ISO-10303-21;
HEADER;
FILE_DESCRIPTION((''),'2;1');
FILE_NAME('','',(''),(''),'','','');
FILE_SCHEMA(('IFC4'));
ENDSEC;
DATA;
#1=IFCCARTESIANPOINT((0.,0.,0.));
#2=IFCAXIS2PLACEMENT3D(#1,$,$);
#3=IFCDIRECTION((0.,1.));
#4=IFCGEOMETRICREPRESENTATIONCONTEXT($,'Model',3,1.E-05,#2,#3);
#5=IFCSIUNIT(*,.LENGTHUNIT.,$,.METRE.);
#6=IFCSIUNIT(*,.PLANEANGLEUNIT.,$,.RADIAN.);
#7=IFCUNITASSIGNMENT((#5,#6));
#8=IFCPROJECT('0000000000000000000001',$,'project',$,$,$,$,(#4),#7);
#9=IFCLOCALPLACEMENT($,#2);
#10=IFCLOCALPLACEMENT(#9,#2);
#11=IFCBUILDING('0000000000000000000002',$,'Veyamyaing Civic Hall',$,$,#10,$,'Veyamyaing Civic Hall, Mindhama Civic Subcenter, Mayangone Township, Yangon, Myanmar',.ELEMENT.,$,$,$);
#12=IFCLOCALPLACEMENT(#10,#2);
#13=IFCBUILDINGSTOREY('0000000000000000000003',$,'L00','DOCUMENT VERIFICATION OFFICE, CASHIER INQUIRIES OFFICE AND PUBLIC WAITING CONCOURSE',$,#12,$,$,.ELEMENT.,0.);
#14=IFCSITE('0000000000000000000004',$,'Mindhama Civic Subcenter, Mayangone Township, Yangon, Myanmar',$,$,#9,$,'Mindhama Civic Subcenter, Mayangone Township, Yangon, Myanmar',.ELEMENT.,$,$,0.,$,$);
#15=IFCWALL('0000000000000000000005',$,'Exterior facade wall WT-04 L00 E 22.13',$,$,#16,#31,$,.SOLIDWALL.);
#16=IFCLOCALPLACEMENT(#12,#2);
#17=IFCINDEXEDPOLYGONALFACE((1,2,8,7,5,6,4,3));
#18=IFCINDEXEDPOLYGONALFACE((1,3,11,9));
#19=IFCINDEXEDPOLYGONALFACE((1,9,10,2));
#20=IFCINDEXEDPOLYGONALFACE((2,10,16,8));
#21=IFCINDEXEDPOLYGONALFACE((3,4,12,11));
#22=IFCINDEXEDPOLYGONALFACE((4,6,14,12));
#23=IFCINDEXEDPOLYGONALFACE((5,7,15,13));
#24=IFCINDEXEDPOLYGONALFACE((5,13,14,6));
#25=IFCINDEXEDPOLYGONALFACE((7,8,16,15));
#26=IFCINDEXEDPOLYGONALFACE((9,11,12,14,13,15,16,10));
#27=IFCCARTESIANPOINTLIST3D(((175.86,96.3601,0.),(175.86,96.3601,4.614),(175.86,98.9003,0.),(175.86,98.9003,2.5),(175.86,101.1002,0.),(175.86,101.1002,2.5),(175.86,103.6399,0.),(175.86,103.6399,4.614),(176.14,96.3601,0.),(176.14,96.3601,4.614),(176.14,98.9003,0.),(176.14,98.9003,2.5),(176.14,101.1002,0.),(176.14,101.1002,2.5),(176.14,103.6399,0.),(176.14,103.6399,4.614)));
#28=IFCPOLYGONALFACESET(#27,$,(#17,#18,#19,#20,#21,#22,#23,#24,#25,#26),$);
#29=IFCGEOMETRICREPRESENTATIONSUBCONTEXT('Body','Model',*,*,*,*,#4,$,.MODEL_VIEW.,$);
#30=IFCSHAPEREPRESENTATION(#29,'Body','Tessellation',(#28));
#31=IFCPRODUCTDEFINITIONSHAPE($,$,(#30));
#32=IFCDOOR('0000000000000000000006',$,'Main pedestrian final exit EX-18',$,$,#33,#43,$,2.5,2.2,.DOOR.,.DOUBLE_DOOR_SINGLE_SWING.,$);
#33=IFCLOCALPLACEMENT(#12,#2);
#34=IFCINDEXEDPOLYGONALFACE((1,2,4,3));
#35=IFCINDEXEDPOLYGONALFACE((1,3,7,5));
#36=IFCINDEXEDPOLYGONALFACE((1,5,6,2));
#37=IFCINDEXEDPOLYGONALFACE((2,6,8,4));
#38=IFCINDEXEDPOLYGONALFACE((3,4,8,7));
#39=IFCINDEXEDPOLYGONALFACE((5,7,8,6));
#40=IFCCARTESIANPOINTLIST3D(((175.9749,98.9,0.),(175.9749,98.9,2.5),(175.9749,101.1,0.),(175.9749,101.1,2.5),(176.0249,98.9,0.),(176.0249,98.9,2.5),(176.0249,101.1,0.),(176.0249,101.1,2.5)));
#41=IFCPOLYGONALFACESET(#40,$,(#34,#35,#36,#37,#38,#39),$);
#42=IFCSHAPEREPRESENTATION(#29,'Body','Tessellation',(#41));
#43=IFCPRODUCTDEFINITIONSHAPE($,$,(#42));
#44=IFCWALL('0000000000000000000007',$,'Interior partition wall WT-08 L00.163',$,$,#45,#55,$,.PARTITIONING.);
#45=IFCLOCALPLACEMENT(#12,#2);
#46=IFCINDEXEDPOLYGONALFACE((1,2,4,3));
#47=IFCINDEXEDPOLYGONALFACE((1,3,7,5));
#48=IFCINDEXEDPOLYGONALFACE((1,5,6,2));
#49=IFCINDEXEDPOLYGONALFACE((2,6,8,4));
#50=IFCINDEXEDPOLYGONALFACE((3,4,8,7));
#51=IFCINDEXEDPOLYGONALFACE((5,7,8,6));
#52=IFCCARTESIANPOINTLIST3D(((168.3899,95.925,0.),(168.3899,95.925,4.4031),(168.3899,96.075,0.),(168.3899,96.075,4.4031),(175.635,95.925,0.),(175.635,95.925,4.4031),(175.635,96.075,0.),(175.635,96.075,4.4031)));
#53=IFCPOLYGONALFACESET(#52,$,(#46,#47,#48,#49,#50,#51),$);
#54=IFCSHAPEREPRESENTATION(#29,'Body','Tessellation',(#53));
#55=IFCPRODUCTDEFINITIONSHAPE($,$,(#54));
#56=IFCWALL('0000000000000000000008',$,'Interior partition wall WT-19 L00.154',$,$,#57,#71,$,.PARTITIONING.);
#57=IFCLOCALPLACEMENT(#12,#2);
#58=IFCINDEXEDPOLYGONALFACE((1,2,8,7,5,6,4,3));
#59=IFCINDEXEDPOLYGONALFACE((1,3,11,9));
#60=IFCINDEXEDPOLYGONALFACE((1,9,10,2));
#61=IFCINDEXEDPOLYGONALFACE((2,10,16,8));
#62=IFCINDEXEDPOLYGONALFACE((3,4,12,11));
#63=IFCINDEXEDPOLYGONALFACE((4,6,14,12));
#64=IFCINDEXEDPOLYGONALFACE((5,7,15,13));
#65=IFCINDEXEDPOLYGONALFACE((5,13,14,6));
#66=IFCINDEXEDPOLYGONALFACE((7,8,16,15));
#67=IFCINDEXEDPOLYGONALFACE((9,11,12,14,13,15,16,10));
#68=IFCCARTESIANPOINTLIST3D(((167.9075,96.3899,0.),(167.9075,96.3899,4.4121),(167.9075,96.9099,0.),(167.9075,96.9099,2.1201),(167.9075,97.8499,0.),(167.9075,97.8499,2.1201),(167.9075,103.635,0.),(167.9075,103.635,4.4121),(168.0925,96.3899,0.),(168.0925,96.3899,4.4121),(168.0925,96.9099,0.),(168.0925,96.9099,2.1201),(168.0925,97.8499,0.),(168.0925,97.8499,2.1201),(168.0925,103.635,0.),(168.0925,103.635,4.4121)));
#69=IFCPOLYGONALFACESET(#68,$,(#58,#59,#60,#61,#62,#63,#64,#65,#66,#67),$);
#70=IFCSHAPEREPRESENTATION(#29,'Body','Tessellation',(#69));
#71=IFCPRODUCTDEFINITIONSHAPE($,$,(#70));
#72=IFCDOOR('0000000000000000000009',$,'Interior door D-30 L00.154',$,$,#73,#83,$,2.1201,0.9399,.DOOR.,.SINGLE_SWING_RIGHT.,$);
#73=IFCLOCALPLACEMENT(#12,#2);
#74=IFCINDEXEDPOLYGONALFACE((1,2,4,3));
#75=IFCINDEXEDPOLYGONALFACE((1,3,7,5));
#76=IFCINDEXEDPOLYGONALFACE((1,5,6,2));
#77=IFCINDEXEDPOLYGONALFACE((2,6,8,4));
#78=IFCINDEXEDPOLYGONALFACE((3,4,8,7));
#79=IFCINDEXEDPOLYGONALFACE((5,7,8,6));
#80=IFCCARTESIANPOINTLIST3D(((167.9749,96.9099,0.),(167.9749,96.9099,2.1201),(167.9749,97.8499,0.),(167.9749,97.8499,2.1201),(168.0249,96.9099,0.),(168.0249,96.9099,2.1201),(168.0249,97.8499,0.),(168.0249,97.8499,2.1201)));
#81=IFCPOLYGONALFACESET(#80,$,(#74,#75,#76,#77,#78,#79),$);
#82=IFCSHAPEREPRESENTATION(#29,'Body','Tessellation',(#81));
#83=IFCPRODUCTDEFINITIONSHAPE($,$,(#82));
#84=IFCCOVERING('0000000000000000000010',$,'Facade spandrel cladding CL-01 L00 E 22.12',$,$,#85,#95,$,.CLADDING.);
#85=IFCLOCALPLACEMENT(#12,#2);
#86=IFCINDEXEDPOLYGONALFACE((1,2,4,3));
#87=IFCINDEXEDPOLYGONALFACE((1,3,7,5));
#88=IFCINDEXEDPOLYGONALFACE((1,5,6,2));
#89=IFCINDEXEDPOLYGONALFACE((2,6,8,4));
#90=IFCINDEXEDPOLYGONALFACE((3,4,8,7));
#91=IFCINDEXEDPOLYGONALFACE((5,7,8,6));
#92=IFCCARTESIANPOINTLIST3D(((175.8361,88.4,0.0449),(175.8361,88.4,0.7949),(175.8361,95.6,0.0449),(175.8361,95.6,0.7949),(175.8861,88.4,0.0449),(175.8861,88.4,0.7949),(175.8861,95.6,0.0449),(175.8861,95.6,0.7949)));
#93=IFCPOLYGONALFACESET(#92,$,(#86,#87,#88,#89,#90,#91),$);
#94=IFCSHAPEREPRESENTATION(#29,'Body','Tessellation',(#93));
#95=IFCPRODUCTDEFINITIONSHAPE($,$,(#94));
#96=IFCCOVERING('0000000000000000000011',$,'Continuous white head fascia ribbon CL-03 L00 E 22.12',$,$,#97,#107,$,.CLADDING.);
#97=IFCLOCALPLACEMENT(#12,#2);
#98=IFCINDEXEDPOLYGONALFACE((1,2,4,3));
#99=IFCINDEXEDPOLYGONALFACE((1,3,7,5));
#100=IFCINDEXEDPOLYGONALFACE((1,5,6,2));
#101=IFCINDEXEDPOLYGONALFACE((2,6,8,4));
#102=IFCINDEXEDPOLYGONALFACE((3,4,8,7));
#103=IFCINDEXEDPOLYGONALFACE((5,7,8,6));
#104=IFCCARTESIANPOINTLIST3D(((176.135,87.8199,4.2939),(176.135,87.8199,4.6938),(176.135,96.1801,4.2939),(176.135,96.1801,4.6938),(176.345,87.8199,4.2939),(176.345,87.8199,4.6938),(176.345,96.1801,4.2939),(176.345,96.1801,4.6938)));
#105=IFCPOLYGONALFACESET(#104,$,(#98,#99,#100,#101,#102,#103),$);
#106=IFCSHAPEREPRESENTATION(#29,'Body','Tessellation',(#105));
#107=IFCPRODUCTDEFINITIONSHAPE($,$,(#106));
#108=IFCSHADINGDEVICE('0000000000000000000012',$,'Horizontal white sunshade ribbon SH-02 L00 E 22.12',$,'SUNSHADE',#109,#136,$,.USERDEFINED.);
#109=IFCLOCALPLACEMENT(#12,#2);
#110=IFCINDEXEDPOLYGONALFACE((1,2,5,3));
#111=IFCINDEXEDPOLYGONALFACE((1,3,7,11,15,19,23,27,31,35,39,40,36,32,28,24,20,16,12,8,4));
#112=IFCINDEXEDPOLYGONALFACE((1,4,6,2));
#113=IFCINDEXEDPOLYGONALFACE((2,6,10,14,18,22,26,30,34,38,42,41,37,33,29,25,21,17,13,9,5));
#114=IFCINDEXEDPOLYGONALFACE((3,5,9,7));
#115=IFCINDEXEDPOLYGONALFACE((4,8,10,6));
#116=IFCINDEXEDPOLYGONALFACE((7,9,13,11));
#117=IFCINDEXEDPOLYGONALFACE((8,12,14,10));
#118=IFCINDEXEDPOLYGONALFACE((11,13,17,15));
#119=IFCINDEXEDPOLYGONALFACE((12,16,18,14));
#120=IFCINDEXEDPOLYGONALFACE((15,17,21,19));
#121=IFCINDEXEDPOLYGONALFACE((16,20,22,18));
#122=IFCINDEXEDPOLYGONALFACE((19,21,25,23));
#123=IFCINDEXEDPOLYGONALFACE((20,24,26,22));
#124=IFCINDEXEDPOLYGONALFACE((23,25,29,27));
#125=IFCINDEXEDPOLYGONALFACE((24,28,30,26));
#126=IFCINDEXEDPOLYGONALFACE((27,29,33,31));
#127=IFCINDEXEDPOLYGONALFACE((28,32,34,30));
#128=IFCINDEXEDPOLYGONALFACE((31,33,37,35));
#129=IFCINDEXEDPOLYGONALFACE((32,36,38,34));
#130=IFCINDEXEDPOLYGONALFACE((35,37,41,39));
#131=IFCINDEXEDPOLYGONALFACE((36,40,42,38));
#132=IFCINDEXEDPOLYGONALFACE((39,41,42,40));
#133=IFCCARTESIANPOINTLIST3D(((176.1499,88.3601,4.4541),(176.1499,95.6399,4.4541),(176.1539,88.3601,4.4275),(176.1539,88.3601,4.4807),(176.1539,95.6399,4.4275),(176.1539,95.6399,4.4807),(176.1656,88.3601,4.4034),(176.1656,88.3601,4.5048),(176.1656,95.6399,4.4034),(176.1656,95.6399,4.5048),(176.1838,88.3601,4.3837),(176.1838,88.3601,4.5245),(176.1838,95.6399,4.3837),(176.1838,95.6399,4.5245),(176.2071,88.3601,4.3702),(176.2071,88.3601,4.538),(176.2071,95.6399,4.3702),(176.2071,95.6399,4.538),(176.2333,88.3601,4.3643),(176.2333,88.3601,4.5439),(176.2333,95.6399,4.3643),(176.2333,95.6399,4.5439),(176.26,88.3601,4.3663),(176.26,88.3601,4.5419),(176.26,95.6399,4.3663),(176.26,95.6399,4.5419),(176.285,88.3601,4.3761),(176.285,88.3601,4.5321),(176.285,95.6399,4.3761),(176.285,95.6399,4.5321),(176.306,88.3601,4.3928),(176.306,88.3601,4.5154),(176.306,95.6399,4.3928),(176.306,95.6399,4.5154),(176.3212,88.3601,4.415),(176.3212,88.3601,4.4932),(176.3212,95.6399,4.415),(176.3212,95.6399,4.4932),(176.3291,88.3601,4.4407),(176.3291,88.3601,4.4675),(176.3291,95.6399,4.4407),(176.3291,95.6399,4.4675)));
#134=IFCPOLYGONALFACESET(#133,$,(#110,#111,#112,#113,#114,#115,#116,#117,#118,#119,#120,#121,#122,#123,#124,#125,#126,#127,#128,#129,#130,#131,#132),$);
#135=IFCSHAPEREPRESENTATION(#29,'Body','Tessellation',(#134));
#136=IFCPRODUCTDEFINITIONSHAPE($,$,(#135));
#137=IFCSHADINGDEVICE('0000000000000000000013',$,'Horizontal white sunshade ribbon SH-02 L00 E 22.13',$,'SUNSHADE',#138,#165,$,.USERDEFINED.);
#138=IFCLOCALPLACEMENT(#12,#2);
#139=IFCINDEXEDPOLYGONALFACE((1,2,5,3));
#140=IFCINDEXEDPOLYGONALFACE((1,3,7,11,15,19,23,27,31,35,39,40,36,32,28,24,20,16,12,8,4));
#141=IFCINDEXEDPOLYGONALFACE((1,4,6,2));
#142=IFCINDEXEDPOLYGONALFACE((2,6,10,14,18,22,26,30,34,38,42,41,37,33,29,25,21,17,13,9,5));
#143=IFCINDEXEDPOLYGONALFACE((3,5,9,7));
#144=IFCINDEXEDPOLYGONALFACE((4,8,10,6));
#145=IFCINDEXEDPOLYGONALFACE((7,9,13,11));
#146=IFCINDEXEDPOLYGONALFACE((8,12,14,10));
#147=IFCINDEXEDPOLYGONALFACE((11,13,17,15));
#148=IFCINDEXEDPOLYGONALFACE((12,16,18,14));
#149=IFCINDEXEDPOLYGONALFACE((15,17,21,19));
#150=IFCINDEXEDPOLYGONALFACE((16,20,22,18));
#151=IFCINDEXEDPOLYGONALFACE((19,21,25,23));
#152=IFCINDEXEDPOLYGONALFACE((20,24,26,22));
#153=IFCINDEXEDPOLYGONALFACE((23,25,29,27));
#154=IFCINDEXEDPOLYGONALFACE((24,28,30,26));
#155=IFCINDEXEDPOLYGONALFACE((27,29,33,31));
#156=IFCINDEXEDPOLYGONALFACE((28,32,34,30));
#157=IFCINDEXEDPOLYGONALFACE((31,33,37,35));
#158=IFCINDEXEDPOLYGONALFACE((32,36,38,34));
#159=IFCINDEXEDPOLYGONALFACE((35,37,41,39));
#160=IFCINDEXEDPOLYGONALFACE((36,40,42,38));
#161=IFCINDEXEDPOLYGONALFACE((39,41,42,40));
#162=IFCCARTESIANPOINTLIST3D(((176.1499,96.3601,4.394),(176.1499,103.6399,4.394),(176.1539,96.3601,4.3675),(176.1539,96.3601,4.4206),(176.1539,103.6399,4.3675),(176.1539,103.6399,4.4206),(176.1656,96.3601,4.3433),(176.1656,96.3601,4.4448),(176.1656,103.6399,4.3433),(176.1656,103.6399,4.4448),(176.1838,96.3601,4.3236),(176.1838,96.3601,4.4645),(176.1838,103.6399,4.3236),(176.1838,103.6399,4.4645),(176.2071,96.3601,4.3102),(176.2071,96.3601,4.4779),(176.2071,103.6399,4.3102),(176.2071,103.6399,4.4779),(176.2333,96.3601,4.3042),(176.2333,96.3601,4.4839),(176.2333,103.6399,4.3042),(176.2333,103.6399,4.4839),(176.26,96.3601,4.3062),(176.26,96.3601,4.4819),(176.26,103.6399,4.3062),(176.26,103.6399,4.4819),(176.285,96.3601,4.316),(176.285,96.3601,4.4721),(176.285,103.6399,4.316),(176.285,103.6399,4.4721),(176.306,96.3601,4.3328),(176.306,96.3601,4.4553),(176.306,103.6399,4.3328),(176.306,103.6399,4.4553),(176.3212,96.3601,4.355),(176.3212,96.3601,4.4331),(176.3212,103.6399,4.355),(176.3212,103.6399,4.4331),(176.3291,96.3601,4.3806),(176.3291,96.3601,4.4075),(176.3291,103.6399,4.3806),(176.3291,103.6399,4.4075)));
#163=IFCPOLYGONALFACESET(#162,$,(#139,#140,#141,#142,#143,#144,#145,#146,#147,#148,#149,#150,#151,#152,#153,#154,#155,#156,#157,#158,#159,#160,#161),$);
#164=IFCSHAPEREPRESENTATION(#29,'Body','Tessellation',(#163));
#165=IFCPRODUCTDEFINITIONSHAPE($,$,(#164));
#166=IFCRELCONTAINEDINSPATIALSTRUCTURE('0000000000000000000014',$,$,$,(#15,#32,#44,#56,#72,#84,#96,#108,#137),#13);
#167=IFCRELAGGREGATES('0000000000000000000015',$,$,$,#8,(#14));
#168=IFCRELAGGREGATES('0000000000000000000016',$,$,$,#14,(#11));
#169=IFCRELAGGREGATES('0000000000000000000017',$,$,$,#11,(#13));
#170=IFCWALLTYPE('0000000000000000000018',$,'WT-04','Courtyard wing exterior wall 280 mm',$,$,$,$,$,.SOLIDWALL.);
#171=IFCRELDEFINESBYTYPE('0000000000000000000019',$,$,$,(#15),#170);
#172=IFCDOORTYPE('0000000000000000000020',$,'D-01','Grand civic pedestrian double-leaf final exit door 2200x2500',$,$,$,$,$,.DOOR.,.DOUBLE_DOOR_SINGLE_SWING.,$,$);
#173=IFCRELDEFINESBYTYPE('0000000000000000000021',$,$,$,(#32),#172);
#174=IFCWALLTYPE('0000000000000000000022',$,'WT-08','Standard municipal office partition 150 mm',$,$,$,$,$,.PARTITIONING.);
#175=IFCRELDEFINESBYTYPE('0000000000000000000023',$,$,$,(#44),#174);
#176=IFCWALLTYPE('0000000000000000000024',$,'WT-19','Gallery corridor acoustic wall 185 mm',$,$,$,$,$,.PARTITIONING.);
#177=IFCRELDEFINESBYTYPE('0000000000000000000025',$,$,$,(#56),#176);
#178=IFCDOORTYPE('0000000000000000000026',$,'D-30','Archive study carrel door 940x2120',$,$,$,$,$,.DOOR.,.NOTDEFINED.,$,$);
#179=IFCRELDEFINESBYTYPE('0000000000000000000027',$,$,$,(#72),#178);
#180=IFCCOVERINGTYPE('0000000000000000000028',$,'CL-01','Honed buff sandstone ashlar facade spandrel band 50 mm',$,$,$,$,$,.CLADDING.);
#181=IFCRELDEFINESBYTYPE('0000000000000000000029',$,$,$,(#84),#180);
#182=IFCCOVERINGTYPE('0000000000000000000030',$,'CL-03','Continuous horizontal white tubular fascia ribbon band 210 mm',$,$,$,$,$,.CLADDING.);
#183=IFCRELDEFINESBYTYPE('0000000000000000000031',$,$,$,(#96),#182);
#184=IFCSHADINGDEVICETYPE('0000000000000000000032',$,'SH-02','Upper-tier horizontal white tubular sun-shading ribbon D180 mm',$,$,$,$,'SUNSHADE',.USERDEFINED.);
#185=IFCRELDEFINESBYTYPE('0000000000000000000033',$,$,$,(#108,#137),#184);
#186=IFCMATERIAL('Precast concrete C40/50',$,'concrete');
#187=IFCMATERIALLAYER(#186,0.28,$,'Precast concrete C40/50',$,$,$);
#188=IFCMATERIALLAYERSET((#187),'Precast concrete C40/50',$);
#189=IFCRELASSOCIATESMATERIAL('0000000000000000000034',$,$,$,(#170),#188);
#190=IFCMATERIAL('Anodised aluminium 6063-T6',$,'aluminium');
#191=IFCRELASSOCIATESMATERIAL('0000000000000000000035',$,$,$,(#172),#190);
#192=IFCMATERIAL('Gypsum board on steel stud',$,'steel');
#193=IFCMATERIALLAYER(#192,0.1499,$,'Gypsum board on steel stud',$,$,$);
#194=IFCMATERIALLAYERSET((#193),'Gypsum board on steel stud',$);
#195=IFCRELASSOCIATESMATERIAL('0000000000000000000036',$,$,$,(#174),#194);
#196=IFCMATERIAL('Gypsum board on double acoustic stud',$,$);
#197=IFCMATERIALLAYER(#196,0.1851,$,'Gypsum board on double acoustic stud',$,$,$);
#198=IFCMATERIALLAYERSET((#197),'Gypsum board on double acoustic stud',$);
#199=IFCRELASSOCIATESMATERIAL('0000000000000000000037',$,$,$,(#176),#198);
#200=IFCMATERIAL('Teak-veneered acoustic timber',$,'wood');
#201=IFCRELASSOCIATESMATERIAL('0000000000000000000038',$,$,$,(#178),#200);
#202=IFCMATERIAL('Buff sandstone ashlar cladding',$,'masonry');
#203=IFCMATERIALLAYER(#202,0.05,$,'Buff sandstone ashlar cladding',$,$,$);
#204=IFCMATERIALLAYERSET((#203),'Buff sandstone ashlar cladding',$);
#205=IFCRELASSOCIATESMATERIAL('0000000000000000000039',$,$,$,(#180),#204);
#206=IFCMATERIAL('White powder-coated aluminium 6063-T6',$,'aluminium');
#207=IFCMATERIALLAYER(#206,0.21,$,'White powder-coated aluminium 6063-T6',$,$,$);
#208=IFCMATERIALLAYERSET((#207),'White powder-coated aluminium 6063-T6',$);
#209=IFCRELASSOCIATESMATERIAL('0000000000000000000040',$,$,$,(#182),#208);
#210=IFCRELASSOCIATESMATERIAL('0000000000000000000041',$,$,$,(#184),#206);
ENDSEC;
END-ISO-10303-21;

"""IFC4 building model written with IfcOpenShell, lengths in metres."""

from ifc_helpers import new_model, si_unit, direction, frame, frame_2d, origin, origin_2d, place, context, subcontext, project, spatial, rectangle, circle, extrude, material, layer, layer_set, material_profile, profile_set, type_object, element, fill, save


model = new_model("IFC4")

# Units and contexts
model_context = context("Model", 3, precision=1e-05, world=origin(), true_north=direction((0.0, 1.0)))
body_context = subcontext(model_context, "Body", "Model", "MODEL_VIEW")
ifc_project = project(units=[si_unit("LENGTHUNIT", "METRE"), si_unit("PLANEANGLEUNIT", "RADIAN")], contexts=[model_context])

# Site, building, storey
site_placement = place(None, origin())
site = spatial("IfcSite", under=ifc_project, at=site_placement, Name="Mindhama Civic Subcenter, Mayangone Township, Yangon, Myanmar", LongName="Mindhama Civic Subcenter, Mayangone Township, Yangon, Myanmar", CompositionType="ELEMENT", RefElevation=0.0)
building_placement = place(site_placement, origin())
building = spatial("IfcBuilding", under=site, at=building_placement, Name="Veyamyaing Civic Hall", LongName="Veyamyaing Civic Hall, Mindhama Civic Subcenter, Mayangone Township, Yangon, Myanmar", CompositionType="ELEMENT")
storey_placement = place(building_placement, origin())
storey = spatial("IfcBuildingStorey", under=building, at=storey_placement, Name="L00", Description="DOCUMENT VERIFICATION OFFICE, CASHIER INQUIRIES OFFICE AND PUBLIC WAITING CONCOURSE", CompositionType="ELEMENT", Elevation=0.0)

# Wall, opening, door
ifc_material_1 = material(Name="Precast concrete C40/50", Category="concrete")
ifc_layer_1 = layer(ifc_material_1, 0.28, Name="Precast concrete C40/50")
ifc_layer_set_1 = layer_set([ifc_layer_1], Name="Precast concrete C40/50")
wall_type_1 = type_object("IfcWallType", Name="WT-04", Description="Courtyard wing exterior wall 280 mm", PredefinedType="SOLIDWALL", material=ifc_layer_set_1)
wall_1_placement = place(storey_placement, frame((176.0, 96.3601, 0.0), z_axis=(0.0, 0.0, 1.0), x_axis=(0.0, 1.0, 0.0)))
wall_1 = element("IfcWall", 1, at=wall_1_placement, inside=storey, type_object=wall_type_1, Name="Exterior facade wall WT-04 L00 E 22.13", PredefinedType="SOLIDWALL", context=body_context, shape_type="SweptSolid", body=[
    extrude(rectangle(XDim=7.2798, YDim=0.28, at=frame_2d((3.6399, 0.0))), origin(), (0.0, 0.0, 1.0), 4.614),
])
opening_1_placement = place(wall_1_placement, frame((2.54, 0.0, 0.0)))
opening_1 = element("IfcOpeningElement", 2, at=opening_1_placement, cuts=wall_1, PredefinedType="OPENING", context=body_context, shape_type="SweptSolid", body=[
    extrude(rectangle(XDim=2.2, YDim=2.5, at=frame_2d((1.1001, 1.25))), frame((0.0, 0.1499, 0.0), z_axis=(0.0, -1.0, 0.0), x_axis=(1.0, 0.0, 0.0)), (0.0, 0.0, 1.0), 0.3),
])
ifc_material_2 = material(Name="Anodised aluminium 6063-T6", Category="aluminium")
door_type_1 = type_object("IfcDoorType", Name="D-01", Description="Grand civic pedestrian double-leaf final exit door 2200x2500", OperationType="DOUBLE_DOOR_SINGLE_SWING", PredefinedType="DOOR", material=ifc_material_2)
door_1_placement = place(opening_1_placement, frame((2.2, 0.0, 0.0), z_axis=(0.0, 0.0, 1.0), x_axis=(-1.0, 0.0, 0.0)))
door_1 = element("IfcDoor", 3, at=door_1_placement, inside=storey, type_object=door_type_1, Name="Main pedestrian final exit EX-18", OperationType="DOUBLE_DOOR_SINGLE_SWING", OverallHeight=2.5, OverallWidth=2.2, PredefinedType="DOOR", context=body_context, shape_type="SweptSolid", body=[
    extrude(rectangle(XDim=2.2, YDim=2.5, at=frame_2d((1.1001, 1.25))), frame((0.0, 0.0249, 0.0), z_axis=(0.0, -1.0, 0.0), x_axis=(1.0, 0.0, 0.0)), (0.0, 0.0, 1.0), 0.05),
])
fill(opening_1, door_1)

# Wall
ifc_material_3 = material(Name="Gypsum board on steel stud", Category="steel")
ifc_layer_2 = layer(ifc_material_3, 0.1499, Name="Gypsum board on steel stud")
ifc_layer_set_2 = layer_set([ifc_layer_2], Name="Gypsum board on steel stud")
wall_type_2 = type_object("IfcWallType", Name="WT-08", Description="Standard municipal office partition 150 mm", PredefinedType="PARTITIONING", material=ifc_layer_set_2)
wall_2_placement = place(storey_placement, frame((168.3899, 96.0, 0.0), z_axis=(0.0, 0.0, 1.0), x_axis=(1.0, 0.0, 0.0)))
element("IfcWall", 4, at=wall_2_placement, inside=storey, type_object=wall_type_2, Name="Interior partition wall WT-08 L00.163", PredefinedType="PARTITIONING", context=body_context, shape_type="SweptSolid", body=[
    extrude(rectangle(XDim=7.2451, YDim=0.1499, at=frame_2d((3.6226, 0.0))), origin(), (0.0, 0.0, 1.0), 4.4031),
])

# Wall, opening, door
ifc_material_4 = material(Name="Gypsum board on double acoustic stud")
ifc_layer_3 = layer(ifc_material_4, 0.1851, Name="Gypsum board on double acoustic stud")
ifc_layer_set_3 = layer_set([ifc_layer_3], Name="Gypsum board on double acoustic stud")
wall_type_3 = type_object("IfcWallType", Name="WT-19", Description="Gallery corridor acoustic wall 185 mm", PredefinedType="PARTITIONING", material=ifc_layer_set_3)
wall_3_placement = place(storey_placement, frame((168.0, 96.3899, 0.0), z_axis=(0.0, 0.0, 1.0), x_axis=(0.0, 1.0, 0.0)))
wall_3 = element("IfcWall", 5, at=wall_3_placement, inside=storey, type_object=wall_type_3, Name="Interior partition wall WT-19 L00.154", PredefinedType="PARTITIONING", context=body_context, shape_type="SweptSolid", body=[
    extrude(rectangle(XDim=7.2451, YDim=0.1851, at=frame_2d((3.6226, 0.0))), origin(), (0.0, 0.0, 1.0), 4.4121),
])
opening_2_placement = place(wall_3_placement, frame((0.52, 0.0, 0.0)))
opening_2 = element("IfcOpeningElement", 6, at=opening_2_placement, cuts=wall_3, PredefinedType="OPENING", context=body_context, shape_type="SweptSolid", body=[
    extrude(rectangle(XDim=0.9399, YDim=2.1201, at=frame_2d((0.47, 1.0601))), frame((0.0, 0.1025, 0.0), z_axis=(0.0, -1.0, 0.0), x_axis=(1.0, 0.0, 0.0)), (0.0, 0.0, 1.0), 0.2051),
])
ifc_material_5 = material(Name="Teak-veneered acoustic timber", Category="wood")
door_type_2 = type_object("IfcDoorType", Name="D-30", Description="Archive study carrel door 940x2120", OperationType="NOTDEFINED", PredefinedType="DOOR", material=ifc_material_5)
door_2_placement = place(opening_2_placement, frame((0.9399, 0.0, 0.0), z_axis=(0.0, 0.0, 1.0), x_axis=(-1.0, 0.0, 0.0)))
door_2 = element("IfcDoor", 7, at=door_2_placement, inside=storey, type_object=door_type_2, Name="Interior door D-30 L00.154", OperationType="SINGLE_SWING_RIGHT", OverallHeight=2.1201, OverallWidth=0.9399, PredefinedType="DOOR", context=body_context, shape_type="SweptSolid", body=[
    extrude(rectangle(XDim=0.9399, YDim=2.1201, at=frame_2d((0.47, 1.0601))), frame((0.0, 0.0249, 0.0), z_axis=(0.0, -1.0, 0.0), x_axis=(1.0, 0.0, 0.0)), (0.0, 0.0, 1.0), 0.05),
])
fill(opening_2, door_2)

# Coverings
ifc_material_6 = material(Name="Buff sandstone ashlar cladding", Category="masonry")
ifc_layer_4 = layer(ifc_material_6, 0.05, Name="Buff sandstone ashlar cladding")
ifc_layer_set_4 = layer_set([ifc_layer_4], Name="Buff sandstone ashlar cladding")
covering_type_1 = type_object("IfcCoveringType", Name="CL-01", Description="Honed buff sandstone ashlar facade spandrel band 50 mm", PredefinedType="CLADDING", material=ifc_layer_set_4)
covering_1_placement = place(storey_placement, frame((175.8611, 92.0, 0.0449), z_axis=(0.0, 0.0, 1.0), x_axis=(0.0, 1.0, 0.0)))
element("IfcCovering", 8, at=covering_1_placement, inside=storey, type_object=covering_type_1, Name="Facade spandrel cladding CL-01 L00 E 22.12", PredefinedType="CLADDING", context=body_context, shape_type="SweptSolid", body=[
    extrude(rectangle(XDim=7.2, YDim=0.05, at=origin_2d()), origin(), (0.0, 0.0, 1.0), 0.75),
])
ifc_material_7 = material(Name="White powder-coated aluminium 6063-T6", Category="aluminium")
ifc_layer_5 = layer(ifc_material_7, 0.21, Name="White powder-coated aluminium 6063-T6")
ifc_layer_set_5 = layer_set([ifc_layer_5], Name="White powder-coated aluminium 6063-T6")
covering_type_2 = type_object("IfcCoveringType", Name="CL-03", Description="Continuous horizontal white tubular fascia ribbon band 210 mm", PredefinedType="CLADDING", material=ifc_layer_set_5)
covering_2_placement = place(storey_placement, frame((176.24, 92.0, 4.2939), z_axis=(0.0, 0.0, 1.0), x_axis=(0.0, 1.0, 0.0)))
element("IfcCovering", 9, at=covering_2_placement, inside=storey, type_object=covering_type_2, Name="Continuous white head fascia ribbon CL-03 L00 E 22.12", PredefinedType="CLADDING", context=body_context, shape_type="SweptSolid", body=[
    extrude(rectangle(XDim=8.3601, YDim=0.21, at=origin_2d()), origin(), (0.0, 0.0, 1.0), 0.3999),
])

# Shading devices
ifc_material_profile_1 = material_profile(ifc_material_7, circle(Radius=0.0901, at=origin_2d()), Name="SHADE-TUBE-180")
ifc_profile_set_1 = profile_set([ifc_material_profile_1], Name="White powder-coated aluminium 6063-T6")
shading_device_type = type_object("IfcShadingDeviceType", Name="SH-02", Description="Upper-tier horizontal white tubular sun-shading ribbon D180 mm", ElementType="SUNSHADE", PredefinedType="USERDEFINED", material=ifc_profile_set_1)
for number, where, z_axis, x_axis, name in (
    (10, (176.24, 88.3601, 4.4541), (0.0, 1.0, 0.0), (-1.0, 0.0, 0.0), "Horizontal white sunshade ribbon SH-02 L00 E 22.12"),
    (11, (176.24, 96.3601, 4.394), (0.0, 1.0, 0.0), (-1.0, 0.0, 0.0), "Horizontal white sunshade ribbon SH-02 L00 E 22.13"),
):
    element("IfcShadingDevice", number, at=place(storey_placement, frame(where, z_axis=z_axis, x_axis=x_axis)), inside=storey, type_object=shading_device_type, Name=name, ObjectType="SUNSHADE", PredefinedType="USERDEFINED", context=body_context, shape_type="SweptSolid", body=[
        extrude(circle(Radius=0.0901, at=origin_2d()), origin(), (0.0, 0.0, 1.0), 7.2798),
    ])

save(model, "model.ifc")
